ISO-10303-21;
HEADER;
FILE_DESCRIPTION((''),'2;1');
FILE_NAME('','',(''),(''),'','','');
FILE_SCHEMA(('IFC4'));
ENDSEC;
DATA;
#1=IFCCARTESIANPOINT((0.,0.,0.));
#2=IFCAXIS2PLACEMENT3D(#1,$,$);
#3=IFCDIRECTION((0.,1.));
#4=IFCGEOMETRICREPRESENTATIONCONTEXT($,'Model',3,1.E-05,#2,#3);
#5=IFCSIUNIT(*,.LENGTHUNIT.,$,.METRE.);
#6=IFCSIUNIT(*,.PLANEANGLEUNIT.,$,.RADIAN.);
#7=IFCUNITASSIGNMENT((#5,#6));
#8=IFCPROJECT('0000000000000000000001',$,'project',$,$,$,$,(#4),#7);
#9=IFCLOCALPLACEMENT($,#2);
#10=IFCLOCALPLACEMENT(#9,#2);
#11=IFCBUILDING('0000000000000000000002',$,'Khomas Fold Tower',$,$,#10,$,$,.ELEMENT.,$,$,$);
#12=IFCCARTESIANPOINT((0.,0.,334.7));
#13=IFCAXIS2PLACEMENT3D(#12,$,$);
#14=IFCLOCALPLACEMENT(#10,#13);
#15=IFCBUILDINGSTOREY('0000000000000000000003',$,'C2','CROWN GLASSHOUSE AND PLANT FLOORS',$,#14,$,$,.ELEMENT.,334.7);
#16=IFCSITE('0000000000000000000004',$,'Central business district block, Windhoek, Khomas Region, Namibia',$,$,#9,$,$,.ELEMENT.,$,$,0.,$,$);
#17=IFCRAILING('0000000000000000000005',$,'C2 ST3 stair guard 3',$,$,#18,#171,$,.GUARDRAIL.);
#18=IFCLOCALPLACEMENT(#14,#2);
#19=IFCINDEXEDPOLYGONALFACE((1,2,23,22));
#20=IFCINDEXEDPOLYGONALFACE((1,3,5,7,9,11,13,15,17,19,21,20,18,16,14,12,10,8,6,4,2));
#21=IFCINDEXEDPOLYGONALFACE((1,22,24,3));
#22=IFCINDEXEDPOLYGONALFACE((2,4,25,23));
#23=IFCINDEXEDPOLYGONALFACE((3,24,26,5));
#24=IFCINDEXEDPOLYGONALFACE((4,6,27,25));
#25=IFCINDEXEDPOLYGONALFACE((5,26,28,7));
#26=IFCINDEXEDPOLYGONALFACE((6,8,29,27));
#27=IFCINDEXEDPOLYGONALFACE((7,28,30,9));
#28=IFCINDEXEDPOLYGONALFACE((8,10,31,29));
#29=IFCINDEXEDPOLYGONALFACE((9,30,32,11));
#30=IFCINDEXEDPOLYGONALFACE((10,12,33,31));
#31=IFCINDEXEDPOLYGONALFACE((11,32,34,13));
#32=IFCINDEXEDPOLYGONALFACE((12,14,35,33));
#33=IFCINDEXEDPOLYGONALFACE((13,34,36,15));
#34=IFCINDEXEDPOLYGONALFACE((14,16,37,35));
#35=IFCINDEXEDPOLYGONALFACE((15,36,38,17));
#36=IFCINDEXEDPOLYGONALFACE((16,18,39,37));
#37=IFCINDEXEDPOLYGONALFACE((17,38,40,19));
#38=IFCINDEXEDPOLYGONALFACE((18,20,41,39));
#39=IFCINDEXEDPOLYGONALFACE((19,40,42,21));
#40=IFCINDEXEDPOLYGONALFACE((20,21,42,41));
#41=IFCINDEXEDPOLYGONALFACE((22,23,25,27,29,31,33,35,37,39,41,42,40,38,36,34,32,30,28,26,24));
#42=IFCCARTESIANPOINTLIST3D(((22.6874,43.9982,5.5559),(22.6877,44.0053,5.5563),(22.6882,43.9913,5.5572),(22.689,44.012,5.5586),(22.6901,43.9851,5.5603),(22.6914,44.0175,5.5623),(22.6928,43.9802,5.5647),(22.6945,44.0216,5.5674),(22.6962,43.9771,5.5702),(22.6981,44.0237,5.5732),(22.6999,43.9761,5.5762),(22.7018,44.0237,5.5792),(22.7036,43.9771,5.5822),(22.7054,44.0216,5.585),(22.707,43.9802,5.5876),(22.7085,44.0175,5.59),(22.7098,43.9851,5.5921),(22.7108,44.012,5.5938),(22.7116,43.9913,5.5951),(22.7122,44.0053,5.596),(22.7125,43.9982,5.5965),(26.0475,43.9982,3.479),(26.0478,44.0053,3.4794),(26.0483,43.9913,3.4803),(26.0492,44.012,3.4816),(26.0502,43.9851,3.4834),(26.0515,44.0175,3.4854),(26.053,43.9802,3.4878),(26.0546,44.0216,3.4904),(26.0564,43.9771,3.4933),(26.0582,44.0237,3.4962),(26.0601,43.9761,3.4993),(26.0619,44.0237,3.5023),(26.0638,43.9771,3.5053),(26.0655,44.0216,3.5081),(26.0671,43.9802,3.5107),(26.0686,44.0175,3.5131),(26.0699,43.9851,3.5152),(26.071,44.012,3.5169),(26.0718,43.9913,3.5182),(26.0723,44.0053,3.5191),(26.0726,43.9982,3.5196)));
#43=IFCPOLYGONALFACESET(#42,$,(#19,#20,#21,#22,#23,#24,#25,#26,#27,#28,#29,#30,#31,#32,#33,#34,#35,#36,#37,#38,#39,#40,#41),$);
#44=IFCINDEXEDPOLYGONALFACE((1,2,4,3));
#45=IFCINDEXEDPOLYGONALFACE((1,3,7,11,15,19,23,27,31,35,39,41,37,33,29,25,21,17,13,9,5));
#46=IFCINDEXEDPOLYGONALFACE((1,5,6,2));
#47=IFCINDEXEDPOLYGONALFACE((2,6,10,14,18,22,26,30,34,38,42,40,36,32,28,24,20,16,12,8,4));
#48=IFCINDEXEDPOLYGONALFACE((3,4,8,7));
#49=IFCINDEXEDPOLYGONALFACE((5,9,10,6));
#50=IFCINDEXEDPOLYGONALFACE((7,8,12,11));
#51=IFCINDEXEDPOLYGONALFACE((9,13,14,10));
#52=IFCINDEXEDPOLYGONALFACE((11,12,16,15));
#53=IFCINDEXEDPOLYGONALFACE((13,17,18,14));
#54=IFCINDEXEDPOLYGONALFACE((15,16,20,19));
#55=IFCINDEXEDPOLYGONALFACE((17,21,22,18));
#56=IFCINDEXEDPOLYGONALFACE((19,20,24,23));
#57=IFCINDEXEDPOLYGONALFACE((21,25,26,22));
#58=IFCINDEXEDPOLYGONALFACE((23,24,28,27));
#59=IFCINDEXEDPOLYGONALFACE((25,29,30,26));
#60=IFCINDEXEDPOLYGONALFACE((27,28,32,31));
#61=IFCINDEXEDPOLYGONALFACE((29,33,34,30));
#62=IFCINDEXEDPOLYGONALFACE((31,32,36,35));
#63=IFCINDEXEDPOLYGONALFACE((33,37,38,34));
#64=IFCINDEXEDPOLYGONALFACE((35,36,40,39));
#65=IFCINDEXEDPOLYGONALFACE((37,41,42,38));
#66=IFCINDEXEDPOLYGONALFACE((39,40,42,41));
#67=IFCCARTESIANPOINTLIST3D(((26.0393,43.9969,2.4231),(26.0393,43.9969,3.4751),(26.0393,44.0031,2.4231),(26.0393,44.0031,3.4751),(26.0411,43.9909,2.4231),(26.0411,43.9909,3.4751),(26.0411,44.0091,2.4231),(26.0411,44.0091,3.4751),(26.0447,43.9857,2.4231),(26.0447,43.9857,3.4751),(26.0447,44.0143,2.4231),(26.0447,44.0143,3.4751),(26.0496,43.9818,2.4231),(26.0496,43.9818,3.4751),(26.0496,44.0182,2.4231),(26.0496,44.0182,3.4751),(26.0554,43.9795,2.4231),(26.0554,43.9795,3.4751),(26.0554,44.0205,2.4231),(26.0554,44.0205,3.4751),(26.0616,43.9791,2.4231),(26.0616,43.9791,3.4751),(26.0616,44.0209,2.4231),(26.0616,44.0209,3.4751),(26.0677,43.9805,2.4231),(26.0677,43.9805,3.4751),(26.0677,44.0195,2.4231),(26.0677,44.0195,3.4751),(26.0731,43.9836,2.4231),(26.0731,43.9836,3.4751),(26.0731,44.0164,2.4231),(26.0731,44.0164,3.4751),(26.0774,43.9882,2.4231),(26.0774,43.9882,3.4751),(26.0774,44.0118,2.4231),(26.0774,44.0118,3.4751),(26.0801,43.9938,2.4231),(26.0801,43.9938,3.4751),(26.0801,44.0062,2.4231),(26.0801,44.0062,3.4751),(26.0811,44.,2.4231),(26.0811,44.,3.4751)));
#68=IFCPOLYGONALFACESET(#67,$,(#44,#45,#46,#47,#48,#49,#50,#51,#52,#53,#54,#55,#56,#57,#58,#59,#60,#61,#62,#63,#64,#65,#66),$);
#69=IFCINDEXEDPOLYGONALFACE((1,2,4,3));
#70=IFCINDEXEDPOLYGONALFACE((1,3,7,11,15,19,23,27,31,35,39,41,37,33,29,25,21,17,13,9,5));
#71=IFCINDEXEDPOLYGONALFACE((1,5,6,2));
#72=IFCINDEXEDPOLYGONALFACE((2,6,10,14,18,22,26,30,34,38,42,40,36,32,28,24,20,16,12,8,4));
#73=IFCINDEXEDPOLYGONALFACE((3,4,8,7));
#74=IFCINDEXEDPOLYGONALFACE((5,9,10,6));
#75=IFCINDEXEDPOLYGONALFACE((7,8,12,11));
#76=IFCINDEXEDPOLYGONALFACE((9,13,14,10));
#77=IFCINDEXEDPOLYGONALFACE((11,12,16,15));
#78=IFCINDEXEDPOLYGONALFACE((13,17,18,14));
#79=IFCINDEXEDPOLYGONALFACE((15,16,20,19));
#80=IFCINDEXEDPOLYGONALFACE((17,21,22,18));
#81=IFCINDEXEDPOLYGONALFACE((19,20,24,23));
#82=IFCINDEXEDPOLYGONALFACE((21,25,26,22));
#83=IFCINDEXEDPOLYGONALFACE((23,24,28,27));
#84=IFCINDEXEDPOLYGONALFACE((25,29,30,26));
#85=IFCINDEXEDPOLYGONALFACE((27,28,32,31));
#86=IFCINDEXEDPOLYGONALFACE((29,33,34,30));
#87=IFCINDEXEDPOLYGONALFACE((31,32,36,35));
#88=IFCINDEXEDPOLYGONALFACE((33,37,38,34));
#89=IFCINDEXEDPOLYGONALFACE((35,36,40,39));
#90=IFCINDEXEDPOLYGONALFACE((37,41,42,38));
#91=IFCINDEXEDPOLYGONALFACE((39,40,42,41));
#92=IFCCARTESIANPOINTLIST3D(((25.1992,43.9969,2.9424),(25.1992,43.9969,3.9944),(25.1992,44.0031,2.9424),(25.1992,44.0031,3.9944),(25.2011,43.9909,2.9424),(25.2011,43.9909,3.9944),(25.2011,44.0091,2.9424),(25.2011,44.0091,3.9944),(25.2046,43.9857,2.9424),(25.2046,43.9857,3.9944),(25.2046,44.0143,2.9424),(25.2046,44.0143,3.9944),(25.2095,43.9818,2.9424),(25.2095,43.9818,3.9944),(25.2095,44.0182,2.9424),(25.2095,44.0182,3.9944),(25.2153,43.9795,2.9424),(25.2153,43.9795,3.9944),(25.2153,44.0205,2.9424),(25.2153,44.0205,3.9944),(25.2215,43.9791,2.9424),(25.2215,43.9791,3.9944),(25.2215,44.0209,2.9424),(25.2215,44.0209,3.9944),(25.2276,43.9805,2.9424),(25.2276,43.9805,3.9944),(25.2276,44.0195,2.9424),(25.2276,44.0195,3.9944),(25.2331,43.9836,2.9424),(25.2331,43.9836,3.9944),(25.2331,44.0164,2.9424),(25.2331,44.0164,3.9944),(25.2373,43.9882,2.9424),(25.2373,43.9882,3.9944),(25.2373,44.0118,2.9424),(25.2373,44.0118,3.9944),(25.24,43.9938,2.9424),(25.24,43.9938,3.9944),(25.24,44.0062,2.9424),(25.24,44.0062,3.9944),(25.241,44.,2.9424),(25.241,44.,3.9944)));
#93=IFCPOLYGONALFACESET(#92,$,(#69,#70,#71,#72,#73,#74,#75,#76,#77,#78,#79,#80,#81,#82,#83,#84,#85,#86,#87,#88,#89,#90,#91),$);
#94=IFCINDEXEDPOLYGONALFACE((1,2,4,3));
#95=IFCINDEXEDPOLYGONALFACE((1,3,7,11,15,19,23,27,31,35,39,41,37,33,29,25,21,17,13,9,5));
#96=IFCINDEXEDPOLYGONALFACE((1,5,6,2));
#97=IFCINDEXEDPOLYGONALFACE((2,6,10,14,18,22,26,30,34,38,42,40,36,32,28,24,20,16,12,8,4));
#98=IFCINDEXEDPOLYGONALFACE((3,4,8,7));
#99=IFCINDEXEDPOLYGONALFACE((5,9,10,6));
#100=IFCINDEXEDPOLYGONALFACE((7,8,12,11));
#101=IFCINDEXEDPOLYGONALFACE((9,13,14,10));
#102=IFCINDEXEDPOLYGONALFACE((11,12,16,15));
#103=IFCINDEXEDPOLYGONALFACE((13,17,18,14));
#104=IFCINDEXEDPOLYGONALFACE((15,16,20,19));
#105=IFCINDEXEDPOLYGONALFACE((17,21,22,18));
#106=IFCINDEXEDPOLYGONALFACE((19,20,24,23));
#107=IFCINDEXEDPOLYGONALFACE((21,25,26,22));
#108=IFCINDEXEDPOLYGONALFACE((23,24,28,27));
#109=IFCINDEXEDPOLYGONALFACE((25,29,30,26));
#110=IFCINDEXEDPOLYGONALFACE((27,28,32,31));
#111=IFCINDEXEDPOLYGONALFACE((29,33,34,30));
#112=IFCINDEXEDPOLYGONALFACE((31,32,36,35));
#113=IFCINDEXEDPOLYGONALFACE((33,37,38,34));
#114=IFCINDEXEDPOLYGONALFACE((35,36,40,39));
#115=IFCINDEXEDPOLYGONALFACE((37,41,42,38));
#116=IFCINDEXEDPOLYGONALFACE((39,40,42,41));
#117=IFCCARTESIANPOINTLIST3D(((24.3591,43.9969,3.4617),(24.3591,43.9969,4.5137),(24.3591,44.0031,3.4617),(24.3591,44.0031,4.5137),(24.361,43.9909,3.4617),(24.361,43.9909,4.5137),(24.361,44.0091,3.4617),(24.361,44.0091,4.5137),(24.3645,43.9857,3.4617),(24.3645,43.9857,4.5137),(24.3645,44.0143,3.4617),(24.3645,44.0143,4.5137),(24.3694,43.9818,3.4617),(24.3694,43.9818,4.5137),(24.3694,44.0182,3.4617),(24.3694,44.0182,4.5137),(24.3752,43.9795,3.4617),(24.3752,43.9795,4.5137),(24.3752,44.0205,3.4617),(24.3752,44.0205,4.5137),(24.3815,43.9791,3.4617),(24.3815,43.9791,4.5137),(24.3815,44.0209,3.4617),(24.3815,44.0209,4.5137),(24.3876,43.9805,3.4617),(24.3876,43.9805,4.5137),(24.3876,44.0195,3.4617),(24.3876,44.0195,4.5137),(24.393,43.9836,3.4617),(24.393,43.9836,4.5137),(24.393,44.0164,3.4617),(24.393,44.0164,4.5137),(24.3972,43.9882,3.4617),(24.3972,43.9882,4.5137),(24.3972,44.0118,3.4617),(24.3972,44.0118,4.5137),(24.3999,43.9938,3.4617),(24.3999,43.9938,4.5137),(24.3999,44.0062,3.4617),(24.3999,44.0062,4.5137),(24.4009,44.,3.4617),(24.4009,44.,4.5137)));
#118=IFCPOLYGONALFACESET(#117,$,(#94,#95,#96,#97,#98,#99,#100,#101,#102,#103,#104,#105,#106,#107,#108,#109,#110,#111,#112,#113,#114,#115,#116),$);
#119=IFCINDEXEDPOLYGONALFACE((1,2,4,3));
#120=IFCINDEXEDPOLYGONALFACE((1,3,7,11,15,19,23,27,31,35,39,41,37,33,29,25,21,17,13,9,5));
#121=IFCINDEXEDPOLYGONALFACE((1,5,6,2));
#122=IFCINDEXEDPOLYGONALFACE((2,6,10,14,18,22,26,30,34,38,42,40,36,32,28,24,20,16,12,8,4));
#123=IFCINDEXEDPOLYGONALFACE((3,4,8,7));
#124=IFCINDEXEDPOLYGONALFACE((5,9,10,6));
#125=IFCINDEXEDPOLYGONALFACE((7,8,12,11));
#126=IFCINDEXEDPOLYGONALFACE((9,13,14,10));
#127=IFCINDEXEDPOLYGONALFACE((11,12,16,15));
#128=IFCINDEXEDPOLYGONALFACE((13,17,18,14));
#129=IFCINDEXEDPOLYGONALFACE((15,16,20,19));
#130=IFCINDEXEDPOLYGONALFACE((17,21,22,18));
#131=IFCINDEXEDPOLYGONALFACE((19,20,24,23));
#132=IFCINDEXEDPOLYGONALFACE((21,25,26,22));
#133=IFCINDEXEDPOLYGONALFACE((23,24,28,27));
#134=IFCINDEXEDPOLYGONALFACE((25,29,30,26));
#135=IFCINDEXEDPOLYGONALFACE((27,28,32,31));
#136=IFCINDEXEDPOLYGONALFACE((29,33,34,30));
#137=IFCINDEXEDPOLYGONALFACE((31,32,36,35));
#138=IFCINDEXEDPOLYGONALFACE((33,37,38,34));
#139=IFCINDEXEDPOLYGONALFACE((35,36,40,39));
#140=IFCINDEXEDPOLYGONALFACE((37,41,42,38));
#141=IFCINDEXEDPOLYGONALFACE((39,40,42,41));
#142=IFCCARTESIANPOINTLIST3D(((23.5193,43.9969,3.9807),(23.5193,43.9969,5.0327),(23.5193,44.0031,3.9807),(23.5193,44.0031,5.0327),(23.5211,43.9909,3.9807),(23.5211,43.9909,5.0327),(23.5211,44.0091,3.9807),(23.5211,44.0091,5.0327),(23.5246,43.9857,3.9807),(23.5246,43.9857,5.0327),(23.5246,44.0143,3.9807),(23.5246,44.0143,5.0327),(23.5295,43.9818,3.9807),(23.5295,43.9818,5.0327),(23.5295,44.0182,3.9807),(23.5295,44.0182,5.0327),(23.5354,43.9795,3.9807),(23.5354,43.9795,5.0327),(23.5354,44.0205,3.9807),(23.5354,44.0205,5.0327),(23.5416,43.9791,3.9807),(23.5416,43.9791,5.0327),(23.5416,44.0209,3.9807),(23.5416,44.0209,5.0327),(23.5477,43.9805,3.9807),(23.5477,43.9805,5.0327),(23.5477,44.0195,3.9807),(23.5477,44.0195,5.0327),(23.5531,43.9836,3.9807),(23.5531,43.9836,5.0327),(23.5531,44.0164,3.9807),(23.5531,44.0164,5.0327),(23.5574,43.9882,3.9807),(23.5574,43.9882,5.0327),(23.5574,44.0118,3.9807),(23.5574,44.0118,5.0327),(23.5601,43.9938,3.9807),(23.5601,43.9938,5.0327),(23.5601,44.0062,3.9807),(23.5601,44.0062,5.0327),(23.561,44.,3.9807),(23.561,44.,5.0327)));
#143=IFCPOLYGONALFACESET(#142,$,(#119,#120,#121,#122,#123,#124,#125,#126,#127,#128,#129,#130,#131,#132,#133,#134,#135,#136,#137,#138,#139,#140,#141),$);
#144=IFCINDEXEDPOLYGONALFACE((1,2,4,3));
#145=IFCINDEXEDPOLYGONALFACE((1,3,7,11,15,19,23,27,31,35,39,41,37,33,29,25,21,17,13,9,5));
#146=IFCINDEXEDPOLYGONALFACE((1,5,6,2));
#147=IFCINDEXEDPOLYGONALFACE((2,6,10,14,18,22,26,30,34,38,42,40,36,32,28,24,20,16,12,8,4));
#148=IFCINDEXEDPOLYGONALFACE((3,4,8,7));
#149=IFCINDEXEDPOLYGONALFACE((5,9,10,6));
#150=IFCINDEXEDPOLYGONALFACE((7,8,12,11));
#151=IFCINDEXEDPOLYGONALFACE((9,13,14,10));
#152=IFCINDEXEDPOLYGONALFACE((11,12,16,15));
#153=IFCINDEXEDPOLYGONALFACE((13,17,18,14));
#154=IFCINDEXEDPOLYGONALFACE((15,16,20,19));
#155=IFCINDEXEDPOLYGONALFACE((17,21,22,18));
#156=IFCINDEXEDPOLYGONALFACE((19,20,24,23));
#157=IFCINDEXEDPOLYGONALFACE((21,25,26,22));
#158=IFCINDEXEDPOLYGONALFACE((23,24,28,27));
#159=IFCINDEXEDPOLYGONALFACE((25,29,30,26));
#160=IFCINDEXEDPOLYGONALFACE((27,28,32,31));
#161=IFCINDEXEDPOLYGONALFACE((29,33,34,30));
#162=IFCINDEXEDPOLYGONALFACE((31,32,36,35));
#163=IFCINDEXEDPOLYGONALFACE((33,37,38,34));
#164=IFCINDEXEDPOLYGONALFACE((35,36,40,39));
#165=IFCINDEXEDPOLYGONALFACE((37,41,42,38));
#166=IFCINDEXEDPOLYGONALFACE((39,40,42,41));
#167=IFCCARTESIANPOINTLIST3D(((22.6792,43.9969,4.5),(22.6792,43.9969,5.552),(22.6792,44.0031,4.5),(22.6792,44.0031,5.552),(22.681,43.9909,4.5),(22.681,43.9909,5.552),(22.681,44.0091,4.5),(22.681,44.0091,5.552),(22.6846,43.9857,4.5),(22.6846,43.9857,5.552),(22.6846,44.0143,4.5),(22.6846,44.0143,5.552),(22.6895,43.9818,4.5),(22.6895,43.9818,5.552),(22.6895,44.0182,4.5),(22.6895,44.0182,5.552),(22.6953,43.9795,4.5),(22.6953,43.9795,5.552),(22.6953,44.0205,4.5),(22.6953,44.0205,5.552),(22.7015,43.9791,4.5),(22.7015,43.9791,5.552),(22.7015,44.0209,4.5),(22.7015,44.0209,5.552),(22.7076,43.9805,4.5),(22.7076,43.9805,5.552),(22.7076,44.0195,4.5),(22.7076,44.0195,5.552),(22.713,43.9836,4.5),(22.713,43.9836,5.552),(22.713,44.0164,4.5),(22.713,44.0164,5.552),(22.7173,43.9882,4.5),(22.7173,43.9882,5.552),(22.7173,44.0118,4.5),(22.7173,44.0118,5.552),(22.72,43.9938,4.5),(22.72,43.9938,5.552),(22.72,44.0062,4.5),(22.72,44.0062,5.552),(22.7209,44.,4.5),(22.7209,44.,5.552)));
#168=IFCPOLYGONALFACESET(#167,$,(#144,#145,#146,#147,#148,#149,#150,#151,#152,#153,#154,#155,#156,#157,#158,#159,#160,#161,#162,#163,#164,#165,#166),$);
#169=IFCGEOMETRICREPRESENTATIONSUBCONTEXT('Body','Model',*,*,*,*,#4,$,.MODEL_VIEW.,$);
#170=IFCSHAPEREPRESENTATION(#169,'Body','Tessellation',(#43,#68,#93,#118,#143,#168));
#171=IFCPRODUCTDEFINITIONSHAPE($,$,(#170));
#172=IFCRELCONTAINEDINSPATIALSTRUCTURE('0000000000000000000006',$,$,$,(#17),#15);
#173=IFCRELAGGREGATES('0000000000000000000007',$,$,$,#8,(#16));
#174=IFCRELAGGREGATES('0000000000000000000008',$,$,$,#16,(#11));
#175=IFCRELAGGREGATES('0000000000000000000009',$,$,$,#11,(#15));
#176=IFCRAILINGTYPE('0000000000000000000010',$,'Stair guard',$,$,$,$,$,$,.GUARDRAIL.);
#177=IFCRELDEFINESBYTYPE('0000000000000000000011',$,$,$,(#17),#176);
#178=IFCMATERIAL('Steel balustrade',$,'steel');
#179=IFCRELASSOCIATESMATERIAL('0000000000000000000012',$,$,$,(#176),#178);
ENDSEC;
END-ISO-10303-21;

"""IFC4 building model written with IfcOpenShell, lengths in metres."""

from ifc_helpers import new_model, si_unit, direction, frame, origin, origin_2d, place, context, subcontext, project, spatial, circle, extrude, source, transform, mapped, material, type_object, element, save


model = new_model("IFC4")

# Units and contexts
model_context = context("Model", 3, precision=1e-05, world=origin(), true_north=direction((0.0, 1.0)))
body_context = subcontext(model_context, "Body", "Model", "MODEL_VIEW")
ifc_project = project(units=[si_unit("LENGTHUNIT", "METRE"), si_unit("PLANEANGLEUNIT", "RADIAN")], contexts=[model_context])

# Site, building, storey
site_placement = place(None, origin())
site = spatial("IfcSite", under=ifc_project, at=site_placement, Name="Central business district block, Windhoek, Khomas Region, Namibia", CompositionType="ELEMENT", RefElevation=0.0)
building_placement = place(site_placement, origin())
building = spatial("IfcBuilding", under=site, at=building_placement, Name="Khomas Fold Tower", CompositionType="ELEMENT")
storey_placement = place(building_placement, frame((0.0, 0.0, 334.7)))
storey = spatial("IfcBuildingStorey", under=building, at=storey_placement, Name="C2", Description="CROWN GLASSHOUSE AND PLANT FLOORS", CompositionType="ELEMENT", Elevation=334.7)

# Railing
ifc_material_1 = material(Name="Steel balustrade", Category="steel")
railing_type_1 = type_object("IfcRailingType", Name="Stair guard", PredefinedType="GUARDRAIL", material=ifc_material_1)
shared_shape_1 = source(origin(), body_context, "Body", "SweptSolid", [
    extrude(circle(Radius=0.0239, at=origin_2d()), frame((0.0, 0.0, 1.0762), z_axis=(-0.850623, 0.0, 0.525776), x_axis=(0.0, -1.0, 0.0)), (0.0, 0.0, 1.0), 3.9502),
    extrude(circle(Radius=0.021, at=origin_2d()), origin(), (0.0, 0.0, 1.0), 1.052),
    extrude(circle(Radius=0.021, at=origin_2d()), frame((-0.8401, 0.0, 0.5193)), (0.0, 0.0, 1.0), 1.052),
    extrude(circle(Radius=0.021, at=origin_2d()), frame((-1.6802, 0.0, 1.0386)), (0.0, 0.0, 1.0), 1.052),
    extrude(circle(Radius=0.021, at=origin_2d()), frame((-2.52, 0.0, 1.5576)), (0.0, 0.0, 1.0), 1.052),
    extrude(circle(Radius=0.021, at=origin_2d()), frame((-3.3601, 0.0, 2.0769)), (0.0, 0.0, 1.0), 1.052),
])
railing_1_placement = place(storey_placement, frame((26.0601, 44.0, 2.4231)))
element("IfcRailing", 1, at=railing_1_placement, inside=storey, type_object=railing_type_1, Name="C2 ST3 stair guard 3", PredefinedType="GUARDRAIL", context=body_context, shape_type="MappedRepresentation", body=[
    mapped(shared_shape_1, transform((0.0, 0.0, 0.0))),
])

save(model, "model.ifc")
